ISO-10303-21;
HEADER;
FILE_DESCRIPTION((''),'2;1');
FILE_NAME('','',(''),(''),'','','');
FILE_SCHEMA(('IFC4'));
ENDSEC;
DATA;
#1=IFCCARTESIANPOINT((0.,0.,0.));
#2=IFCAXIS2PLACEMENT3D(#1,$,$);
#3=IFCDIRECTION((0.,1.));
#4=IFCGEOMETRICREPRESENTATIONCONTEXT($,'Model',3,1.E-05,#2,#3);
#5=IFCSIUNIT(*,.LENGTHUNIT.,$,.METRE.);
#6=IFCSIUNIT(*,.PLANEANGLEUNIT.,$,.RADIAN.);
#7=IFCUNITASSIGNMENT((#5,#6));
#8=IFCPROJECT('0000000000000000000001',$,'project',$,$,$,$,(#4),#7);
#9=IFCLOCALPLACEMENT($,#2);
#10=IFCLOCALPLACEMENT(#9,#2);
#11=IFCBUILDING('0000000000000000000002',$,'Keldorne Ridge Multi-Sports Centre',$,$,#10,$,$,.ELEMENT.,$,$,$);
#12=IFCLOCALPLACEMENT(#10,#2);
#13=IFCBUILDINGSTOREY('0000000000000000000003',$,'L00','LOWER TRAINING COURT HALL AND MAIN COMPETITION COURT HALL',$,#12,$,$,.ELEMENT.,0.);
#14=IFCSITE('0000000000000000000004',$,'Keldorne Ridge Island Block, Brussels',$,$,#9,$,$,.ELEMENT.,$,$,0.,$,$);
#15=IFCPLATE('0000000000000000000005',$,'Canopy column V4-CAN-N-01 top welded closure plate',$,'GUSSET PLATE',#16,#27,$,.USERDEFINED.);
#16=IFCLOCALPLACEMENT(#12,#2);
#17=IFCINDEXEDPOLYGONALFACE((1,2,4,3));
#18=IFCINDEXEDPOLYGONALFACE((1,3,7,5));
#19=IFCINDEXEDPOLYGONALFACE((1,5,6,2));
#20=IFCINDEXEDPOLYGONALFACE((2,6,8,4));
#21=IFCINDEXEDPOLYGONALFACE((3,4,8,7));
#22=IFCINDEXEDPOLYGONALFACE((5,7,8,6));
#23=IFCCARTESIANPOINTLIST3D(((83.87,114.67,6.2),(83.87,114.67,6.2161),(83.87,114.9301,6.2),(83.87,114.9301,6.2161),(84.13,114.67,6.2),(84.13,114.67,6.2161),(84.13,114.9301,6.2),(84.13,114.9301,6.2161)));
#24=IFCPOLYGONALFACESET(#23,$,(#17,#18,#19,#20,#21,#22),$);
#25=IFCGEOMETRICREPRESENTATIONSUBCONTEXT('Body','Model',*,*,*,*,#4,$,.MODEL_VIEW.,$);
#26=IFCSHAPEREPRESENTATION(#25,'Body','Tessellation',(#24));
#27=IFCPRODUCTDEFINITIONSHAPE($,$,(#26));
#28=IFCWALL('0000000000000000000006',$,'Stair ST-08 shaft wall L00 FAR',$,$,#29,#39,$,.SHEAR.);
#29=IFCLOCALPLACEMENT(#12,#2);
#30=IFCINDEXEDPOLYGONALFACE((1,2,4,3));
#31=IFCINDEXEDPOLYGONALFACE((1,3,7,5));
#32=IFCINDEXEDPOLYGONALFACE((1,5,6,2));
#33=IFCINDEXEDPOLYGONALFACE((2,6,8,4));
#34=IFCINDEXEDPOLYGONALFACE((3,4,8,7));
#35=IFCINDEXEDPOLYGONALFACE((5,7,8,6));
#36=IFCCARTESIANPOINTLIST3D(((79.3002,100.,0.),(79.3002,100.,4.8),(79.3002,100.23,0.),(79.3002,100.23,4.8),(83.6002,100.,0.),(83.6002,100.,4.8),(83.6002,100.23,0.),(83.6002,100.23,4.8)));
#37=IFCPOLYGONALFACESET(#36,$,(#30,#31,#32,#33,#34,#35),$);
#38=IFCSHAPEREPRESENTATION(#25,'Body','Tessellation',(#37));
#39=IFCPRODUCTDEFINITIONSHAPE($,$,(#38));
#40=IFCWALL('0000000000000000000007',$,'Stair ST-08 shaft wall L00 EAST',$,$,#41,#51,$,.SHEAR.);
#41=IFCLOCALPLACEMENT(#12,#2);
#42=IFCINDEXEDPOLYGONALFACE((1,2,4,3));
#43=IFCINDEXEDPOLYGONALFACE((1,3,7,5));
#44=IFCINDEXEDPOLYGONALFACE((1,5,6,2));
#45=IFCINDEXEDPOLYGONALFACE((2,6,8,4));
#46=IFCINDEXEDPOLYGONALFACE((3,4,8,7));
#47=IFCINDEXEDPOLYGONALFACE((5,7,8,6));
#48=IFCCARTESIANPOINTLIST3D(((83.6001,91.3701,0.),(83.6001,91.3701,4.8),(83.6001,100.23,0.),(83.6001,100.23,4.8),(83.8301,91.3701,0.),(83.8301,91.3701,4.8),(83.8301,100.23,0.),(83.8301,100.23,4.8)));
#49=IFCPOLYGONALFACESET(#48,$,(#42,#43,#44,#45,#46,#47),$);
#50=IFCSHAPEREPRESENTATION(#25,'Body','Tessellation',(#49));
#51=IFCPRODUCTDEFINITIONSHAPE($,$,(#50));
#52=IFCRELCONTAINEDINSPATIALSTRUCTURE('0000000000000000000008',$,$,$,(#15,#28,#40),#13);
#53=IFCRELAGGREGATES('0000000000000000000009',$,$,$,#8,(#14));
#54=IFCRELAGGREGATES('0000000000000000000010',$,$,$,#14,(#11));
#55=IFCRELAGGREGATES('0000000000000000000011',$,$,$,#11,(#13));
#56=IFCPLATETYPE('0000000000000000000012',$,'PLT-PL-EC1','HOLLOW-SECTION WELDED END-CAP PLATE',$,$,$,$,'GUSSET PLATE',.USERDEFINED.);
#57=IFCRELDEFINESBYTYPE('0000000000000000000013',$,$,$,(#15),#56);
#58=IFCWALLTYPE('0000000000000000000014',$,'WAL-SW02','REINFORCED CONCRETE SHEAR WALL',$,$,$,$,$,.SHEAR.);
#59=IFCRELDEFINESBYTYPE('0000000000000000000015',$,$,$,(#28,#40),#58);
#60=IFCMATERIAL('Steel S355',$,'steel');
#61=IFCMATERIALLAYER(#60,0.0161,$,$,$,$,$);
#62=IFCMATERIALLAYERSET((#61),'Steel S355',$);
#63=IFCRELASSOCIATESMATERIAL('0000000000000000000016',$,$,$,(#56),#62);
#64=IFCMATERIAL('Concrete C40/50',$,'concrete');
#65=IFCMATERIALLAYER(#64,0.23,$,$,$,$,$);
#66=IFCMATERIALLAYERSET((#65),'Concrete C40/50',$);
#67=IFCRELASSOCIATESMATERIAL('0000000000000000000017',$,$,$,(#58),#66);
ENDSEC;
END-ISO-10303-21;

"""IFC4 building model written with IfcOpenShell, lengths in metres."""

from ifc_helpers import new_model, si_unit, direction, frame, frame_2d, origin, origin_2d, place, context, subcontext, project, spatial, rectangle, extrude, material, layer, layer_set, type_object, element, save


model = new_model("IFC4")

# Units and contexts
model_context = context("Model", 3, precision=1e-05, world=origin(), true_north=direction((0.0, 1.0)))
body_context = subcontext(model_context, "Body", "Model", "MODEL_VIEW")
ifc_project = project(units=[si_unit("LENGTHUNIT", "METRE"), si_unit("PLANEANGLEUNIT", "RADIAN")], contexts=[model_context])

# Site, building, storey
site_placement = place(None, origin())
site = spatial("IfcSite", under=ifc_project, at=site_placement, Name="Keldorne Ridge Island Block, Brussels", CompositionType="ELEMENT", RefElevation=0.0)
building_placement = place(site_placement, origin())
building = spatial("IfcBuilding", under=site, at=building_placement, Name="Keldorne Ridge Multi-Sports Centre", CompositionType="ELEMENT")
storey_placement = place(building_placement, origin())
storey = spatial("IfcBuildingStorey", under=building, at=storey_placement, Name="L00", Description="LOWER TRAINING COURT HALL AND MAIN COMPETITION COURT HALL", CompositionType="ELEMENT", Elevation=0.0)

# Shared definitions
ifc_material_1 = material(Name="Steel S355", Category="steel")

# Plate
ifc_layer_1 = layer(ifc_material_1, 0.0161)
ifc_layer_set_1 = layer_set([ifc_layer_1], Name="Steel S355")
plate_type_1 = type_object("IfcPlateType", Name="PLT-PL-EC1", Description="HOLLOW-SECTION WELDED END-CAP PLATE", ElementType="GUSSET PLATE", PredefinedType="USERDEFINED", material=ifc_layer_set_1)
plate_1_placement = place(storey_placement, frame((84.0, 114.8, 6.2), z_axis=(0.0, 0.0, 1.0), x_axis=(1.0, 0.0, 0.0)))
element("IfcPlate", 1, at=plate_1_placement, inside=storey, type_object=plate_type_1, Name="Canopy column V4-CAN-N-01 top welded closure plate", ObjectType="GUSSET PLATE", PredefinedType="USERDEFINED", context=body_context, shape_type="SweptSolid", body=[
    extrude(rectangle(XDim=0.26, YDim=0.26, at=origin_2d()), origin(), (0.0, 0.0, 1.0), 0.0161),
])

# Walls
ifc_material_2 = material(Name="Concrete C40/50", Category="concrete")
ifc_layer_2 = layer(ifc_material_2, 0.23)
ifc_layer_set_2 = layer_set([ifc_layer_2], Name="Concrete C40/50")
wall_type = type_object("IfcWallType", Name="WAL-SW02", Description="REINFORCED CONCRETE SHEAR WALL", PredefinedType="SHEAR", material=ifc_layer_set_2)
wall_1_placement = place(storey_placement, frame((83.6001, 100.115, 0.0), z_axis=(0.0, 0.0, 1.0), x_axis=(-1.0, 0.0, 0.0)))
element("IfcWall", 2, at=wall_1_placement, inside=storey, type_object=wall_type, Name="Stair ST-08 shaft wall L00 FAR", PredefinedType="SHEAR", context=body_context, shape_type="SweptSolid", body=[
    extrude(rectangle(XDim=4.3, YDim=0.23, at=frame_2d((2.1499, 0.0))), origin(), (0.0, 0.0, 1.0), 4.8),
])
wall_2_placement = place(storey_placement, frame((83.7151, 100.23, 0.0), z_axis=(0.0, 0.0, 1.0), x_axis=(0.0, -1.0, 0.0)))
element("IfcWall", 3, at=wall_2_placement, inside=storey, type_object=wall_type, Name="Stair ST-08 shaft wall L00 EAST", PredefinedType="SHEAR", context=body_context, shape_type="SweptSolid", body=[
    extrude(rectangle(XDim=8.8599, YDim=0.23, at=frame_2d((4.4299, 0.0))), origin(), (0.0, 0.0, 1.0), 4.8),
])

save(model, "model.ifc")
